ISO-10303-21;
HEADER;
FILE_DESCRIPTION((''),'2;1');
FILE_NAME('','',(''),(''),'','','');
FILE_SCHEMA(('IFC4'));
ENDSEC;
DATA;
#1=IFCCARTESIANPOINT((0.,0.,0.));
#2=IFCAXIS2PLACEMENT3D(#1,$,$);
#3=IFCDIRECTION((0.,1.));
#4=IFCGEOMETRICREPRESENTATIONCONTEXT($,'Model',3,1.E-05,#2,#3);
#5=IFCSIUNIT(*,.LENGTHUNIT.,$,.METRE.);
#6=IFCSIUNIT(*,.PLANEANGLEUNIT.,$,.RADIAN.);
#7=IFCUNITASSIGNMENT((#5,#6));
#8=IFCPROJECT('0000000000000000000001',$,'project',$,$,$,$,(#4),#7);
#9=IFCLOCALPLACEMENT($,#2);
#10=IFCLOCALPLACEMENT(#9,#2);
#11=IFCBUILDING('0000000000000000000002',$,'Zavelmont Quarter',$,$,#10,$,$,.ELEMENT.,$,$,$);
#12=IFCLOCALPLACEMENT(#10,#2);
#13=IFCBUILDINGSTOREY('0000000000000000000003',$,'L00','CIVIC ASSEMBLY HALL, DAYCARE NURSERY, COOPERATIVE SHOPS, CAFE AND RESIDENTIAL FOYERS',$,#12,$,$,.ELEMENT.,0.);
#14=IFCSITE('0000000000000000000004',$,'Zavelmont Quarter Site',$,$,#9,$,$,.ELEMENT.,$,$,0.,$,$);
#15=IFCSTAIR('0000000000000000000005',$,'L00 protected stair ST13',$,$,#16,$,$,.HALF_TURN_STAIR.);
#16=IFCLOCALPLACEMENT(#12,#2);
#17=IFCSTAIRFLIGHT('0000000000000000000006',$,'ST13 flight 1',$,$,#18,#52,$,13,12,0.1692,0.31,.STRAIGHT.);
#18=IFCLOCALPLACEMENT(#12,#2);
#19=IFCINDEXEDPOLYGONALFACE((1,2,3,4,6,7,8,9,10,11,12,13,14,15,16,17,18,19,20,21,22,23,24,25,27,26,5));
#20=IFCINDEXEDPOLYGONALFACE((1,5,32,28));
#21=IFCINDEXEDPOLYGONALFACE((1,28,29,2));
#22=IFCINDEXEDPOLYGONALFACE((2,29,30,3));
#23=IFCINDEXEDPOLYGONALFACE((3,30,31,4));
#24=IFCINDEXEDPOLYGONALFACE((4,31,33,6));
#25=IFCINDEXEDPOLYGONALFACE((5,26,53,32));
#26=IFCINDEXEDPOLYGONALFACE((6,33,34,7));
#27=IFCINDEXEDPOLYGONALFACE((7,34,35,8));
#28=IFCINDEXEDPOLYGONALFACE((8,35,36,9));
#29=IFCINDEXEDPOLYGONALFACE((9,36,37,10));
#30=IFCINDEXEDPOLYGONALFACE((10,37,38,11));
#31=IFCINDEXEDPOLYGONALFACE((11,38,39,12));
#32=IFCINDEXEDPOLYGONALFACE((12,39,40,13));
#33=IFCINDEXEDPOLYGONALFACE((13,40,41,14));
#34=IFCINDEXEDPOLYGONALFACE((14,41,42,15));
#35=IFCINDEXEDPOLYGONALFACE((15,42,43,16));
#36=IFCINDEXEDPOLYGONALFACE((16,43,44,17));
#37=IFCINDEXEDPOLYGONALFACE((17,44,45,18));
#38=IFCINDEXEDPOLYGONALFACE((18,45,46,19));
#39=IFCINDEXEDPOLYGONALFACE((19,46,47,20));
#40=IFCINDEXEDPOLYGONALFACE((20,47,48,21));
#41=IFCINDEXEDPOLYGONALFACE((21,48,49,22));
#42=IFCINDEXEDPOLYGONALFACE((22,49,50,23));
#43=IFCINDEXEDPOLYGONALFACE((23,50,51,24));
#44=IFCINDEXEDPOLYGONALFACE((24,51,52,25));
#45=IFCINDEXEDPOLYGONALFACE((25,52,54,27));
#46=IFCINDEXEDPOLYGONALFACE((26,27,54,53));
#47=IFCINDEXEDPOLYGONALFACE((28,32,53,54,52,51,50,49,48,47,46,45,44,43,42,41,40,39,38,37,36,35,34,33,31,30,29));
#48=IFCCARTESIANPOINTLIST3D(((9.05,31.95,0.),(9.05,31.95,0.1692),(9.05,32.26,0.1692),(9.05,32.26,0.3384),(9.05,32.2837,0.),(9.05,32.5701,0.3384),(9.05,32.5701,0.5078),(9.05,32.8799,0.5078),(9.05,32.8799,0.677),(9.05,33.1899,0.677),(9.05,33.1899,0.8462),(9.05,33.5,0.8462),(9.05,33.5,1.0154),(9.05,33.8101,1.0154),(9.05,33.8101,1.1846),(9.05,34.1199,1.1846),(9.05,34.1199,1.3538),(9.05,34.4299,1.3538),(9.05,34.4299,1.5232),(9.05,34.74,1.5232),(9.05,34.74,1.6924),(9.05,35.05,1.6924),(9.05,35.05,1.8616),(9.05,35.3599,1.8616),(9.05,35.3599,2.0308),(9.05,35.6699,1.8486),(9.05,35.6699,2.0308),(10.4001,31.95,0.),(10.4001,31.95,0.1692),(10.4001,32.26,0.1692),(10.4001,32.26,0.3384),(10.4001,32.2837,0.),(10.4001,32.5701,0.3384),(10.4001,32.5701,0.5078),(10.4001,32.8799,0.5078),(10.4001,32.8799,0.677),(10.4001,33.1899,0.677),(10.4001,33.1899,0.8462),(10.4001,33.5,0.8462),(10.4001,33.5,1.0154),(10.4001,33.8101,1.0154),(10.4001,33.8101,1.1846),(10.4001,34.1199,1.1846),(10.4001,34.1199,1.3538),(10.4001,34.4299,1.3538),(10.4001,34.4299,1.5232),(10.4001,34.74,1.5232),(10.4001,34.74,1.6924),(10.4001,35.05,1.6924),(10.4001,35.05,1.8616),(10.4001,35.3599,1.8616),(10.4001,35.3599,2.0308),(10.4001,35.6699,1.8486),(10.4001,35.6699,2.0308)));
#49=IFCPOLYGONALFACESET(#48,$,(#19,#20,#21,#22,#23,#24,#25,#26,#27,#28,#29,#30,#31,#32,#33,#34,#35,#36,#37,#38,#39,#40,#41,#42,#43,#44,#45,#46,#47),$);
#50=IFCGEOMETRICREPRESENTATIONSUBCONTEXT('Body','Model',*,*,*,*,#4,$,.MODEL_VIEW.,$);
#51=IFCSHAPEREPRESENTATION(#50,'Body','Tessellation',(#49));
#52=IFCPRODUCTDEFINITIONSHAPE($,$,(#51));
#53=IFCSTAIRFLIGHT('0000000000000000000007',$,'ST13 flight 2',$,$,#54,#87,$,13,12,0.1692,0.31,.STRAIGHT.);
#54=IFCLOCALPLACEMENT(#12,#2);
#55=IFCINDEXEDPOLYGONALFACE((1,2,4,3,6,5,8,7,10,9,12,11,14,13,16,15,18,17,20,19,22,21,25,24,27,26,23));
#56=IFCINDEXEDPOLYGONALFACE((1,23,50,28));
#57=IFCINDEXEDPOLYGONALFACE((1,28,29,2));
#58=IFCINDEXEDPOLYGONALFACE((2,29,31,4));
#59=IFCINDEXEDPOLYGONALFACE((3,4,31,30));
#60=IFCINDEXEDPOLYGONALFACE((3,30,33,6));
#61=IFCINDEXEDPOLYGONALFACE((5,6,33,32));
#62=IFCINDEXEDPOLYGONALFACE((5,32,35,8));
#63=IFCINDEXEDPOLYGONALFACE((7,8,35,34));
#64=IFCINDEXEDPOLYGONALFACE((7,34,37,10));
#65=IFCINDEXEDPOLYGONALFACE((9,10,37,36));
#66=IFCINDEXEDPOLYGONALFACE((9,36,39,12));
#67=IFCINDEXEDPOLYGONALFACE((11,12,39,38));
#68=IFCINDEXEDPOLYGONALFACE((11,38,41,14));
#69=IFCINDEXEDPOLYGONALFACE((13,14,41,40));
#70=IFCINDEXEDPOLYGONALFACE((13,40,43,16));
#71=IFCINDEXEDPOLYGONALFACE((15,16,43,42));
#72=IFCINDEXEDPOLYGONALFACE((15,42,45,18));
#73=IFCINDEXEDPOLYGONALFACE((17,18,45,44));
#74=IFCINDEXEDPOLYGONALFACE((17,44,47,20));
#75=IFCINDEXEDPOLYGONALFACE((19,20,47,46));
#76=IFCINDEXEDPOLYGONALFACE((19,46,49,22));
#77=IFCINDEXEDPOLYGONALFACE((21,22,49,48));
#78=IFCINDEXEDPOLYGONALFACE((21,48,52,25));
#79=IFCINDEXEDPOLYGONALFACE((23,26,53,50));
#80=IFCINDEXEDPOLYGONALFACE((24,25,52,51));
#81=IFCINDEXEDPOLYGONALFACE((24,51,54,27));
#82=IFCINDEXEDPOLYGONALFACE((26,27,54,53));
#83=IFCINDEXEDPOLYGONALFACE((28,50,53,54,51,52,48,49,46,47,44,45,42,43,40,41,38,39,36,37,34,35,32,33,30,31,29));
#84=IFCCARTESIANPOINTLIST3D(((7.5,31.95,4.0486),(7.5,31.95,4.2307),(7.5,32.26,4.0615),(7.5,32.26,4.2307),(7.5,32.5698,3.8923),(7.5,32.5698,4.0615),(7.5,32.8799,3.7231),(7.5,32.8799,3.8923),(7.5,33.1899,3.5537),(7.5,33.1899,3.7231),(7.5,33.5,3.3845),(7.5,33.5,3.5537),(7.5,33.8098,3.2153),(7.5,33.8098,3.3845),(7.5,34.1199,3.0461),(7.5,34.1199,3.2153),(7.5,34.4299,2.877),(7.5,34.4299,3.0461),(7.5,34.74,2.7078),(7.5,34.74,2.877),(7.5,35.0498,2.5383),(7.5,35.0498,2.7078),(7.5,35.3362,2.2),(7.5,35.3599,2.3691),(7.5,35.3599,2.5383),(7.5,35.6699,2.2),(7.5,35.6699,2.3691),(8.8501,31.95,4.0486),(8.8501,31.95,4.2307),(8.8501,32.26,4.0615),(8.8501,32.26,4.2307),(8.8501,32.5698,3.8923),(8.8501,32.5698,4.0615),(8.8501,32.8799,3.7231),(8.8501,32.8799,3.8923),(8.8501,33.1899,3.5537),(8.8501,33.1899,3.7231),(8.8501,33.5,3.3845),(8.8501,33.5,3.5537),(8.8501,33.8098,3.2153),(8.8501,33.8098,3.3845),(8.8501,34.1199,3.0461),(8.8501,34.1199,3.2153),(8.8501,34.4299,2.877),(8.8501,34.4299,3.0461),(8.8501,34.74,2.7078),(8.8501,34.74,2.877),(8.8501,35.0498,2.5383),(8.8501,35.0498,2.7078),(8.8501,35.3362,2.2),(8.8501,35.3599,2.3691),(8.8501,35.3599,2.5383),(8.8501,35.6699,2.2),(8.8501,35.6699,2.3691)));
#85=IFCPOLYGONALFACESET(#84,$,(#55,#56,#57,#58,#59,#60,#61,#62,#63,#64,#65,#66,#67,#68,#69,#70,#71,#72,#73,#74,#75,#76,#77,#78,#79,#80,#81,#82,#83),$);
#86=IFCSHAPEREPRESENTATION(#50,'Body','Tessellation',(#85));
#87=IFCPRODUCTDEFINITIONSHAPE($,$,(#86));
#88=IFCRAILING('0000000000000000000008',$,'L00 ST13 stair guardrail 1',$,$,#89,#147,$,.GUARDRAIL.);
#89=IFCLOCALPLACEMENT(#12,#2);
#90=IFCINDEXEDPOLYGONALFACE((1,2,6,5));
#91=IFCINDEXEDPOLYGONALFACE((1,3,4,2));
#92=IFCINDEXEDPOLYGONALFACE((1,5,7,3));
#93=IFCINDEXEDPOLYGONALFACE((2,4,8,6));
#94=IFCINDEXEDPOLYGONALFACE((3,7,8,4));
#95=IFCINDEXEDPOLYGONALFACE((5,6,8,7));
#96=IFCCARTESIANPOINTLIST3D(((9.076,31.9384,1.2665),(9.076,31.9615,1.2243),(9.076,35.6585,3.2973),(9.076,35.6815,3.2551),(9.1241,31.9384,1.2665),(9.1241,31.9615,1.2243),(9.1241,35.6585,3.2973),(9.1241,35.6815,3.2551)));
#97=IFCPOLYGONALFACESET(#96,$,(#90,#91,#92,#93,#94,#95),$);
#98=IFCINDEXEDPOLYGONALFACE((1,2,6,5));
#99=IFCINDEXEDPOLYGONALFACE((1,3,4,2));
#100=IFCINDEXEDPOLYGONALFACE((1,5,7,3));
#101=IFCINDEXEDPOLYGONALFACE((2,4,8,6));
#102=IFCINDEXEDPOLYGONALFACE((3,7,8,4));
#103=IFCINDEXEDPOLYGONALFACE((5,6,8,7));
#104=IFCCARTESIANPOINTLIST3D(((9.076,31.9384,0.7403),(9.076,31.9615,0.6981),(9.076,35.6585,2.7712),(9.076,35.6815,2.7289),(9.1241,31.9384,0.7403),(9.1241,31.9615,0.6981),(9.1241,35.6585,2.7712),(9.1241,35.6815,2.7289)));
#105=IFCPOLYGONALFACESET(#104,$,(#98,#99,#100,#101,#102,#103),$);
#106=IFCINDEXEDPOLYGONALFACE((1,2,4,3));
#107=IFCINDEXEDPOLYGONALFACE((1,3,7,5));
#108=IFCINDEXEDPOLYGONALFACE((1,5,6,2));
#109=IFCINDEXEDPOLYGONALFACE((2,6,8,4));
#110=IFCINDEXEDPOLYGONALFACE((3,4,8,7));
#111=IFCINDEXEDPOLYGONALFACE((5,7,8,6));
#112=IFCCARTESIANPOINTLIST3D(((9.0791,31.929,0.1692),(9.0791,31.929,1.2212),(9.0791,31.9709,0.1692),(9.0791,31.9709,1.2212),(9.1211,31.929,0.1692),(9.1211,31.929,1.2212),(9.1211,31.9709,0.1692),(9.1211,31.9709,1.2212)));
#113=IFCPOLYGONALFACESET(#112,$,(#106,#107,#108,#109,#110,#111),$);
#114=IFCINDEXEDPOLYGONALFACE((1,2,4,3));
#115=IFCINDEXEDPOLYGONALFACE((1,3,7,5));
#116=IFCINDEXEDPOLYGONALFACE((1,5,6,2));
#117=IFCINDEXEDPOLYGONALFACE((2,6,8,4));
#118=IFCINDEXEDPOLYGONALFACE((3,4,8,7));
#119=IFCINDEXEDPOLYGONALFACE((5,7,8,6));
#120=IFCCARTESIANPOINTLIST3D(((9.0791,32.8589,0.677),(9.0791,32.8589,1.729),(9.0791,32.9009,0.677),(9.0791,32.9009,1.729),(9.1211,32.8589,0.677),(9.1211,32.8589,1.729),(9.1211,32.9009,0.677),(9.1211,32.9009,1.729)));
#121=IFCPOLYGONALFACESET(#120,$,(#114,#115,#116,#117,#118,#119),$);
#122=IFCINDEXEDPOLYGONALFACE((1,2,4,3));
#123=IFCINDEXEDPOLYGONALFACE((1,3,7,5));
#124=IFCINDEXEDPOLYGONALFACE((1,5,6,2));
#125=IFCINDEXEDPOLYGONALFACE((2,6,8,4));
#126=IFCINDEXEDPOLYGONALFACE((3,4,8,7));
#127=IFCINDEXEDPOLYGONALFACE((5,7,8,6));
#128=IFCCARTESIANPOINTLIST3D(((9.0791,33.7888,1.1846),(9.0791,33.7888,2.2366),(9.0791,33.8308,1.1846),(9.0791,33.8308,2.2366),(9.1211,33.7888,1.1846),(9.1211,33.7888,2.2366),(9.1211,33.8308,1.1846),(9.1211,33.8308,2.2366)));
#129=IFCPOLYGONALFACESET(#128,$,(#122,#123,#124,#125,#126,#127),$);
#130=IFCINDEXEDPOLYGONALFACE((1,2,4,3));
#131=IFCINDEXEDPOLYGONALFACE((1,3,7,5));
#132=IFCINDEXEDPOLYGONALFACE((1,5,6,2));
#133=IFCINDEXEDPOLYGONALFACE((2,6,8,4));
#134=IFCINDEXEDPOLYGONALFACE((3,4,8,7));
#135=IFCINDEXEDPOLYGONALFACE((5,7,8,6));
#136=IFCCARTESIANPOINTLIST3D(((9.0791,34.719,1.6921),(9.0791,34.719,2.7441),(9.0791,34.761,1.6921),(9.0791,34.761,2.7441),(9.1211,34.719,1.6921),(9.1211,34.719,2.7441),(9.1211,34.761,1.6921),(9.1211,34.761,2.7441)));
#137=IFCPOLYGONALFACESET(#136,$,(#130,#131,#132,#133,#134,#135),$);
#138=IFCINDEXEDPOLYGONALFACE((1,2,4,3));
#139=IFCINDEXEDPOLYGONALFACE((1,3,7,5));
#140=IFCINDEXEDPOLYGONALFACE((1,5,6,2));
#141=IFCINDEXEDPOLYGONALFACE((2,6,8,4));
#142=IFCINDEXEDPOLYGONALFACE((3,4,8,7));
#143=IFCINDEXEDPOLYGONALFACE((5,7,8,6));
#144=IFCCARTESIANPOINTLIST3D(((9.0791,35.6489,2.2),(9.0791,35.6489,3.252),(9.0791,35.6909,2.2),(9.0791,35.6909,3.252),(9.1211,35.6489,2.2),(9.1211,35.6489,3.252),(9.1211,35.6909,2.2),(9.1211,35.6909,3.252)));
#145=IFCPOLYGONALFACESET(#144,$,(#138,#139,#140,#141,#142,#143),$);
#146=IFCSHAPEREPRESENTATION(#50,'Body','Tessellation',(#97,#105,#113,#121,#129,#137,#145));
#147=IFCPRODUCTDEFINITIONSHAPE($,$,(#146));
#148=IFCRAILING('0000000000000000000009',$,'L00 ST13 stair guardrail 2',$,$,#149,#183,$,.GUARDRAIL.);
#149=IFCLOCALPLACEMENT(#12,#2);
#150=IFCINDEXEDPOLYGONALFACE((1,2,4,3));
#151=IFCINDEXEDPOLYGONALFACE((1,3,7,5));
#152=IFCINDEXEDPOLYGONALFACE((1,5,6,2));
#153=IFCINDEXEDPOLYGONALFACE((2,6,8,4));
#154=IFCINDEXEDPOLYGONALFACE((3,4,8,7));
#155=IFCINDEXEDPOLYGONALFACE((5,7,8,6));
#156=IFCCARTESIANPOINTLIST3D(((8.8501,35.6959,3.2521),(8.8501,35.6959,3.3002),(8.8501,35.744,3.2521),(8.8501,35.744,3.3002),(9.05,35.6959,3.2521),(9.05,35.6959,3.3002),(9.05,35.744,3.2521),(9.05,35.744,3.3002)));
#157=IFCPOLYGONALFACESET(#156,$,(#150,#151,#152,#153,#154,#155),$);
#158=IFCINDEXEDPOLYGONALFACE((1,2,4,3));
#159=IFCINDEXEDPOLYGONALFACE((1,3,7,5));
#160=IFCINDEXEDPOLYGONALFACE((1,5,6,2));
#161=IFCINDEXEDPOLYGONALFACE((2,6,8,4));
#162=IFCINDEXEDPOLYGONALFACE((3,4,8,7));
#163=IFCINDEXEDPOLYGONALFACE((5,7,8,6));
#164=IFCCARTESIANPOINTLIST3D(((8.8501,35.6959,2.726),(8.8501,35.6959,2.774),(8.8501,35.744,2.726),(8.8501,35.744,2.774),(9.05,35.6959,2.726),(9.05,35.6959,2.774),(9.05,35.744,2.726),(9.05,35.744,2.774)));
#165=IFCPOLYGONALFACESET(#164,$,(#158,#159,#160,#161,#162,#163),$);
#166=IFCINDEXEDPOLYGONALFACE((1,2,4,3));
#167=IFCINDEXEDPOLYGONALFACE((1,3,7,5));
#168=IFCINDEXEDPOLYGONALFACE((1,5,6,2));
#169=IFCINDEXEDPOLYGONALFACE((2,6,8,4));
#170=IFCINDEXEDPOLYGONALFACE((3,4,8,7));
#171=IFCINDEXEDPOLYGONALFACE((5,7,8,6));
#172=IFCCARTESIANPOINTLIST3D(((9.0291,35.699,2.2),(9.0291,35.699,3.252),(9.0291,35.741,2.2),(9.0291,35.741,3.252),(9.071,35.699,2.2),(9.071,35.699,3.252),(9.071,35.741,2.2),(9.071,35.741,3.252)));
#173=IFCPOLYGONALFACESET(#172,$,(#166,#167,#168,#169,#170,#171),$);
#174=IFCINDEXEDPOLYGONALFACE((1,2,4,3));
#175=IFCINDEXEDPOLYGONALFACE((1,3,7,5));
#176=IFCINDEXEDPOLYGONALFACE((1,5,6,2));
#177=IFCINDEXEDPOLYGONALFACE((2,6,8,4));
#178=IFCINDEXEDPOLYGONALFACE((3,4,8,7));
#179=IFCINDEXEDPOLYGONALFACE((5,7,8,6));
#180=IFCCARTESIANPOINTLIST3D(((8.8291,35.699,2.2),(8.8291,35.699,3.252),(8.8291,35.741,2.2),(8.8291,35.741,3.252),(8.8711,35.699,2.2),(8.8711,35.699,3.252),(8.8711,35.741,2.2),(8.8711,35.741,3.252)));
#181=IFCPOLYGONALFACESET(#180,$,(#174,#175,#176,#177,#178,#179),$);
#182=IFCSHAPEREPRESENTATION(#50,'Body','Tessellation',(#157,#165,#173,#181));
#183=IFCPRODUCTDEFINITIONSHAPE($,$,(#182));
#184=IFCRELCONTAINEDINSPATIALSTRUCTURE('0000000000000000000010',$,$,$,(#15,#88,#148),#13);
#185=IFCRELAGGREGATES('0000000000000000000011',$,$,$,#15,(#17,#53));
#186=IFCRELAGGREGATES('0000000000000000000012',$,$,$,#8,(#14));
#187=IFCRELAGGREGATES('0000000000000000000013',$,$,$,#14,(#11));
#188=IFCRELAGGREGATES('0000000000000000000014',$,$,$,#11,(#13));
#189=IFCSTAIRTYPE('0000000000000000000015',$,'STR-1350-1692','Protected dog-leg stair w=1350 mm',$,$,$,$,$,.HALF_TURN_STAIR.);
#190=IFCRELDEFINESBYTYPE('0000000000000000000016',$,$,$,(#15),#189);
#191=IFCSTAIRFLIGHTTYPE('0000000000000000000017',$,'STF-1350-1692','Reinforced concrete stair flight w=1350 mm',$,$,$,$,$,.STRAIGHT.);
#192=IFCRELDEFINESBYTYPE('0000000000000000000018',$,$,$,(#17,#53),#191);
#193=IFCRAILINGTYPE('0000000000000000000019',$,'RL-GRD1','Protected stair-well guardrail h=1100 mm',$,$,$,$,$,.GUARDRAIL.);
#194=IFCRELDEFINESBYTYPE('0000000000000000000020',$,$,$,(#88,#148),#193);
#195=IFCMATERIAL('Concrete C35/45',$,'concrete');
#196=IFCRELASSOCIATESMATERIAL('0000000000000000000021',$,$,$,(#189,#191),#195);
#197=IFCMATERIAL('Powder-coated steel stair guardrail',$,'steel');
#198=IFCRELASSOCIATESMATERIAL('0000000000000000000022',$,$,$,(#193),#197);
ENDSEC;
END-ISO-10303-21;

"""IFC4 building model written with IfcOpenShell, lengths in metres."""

from ifc_helpers import new_model, si_unit, direction, frame, origin, origin_2d, place, context, subcontext, project, spatial, polyline, rectangle, outline, extrude, material, type_object, element, aggregate, save


model = new_model("IFC4")

# Units and contexts
model_context = context("Model", 3, precision=1e-05, world=origin(), true_north=direction((0.0, 1.0)))
body_context = subcontext(model_context, "Body", "Model", "MODEL_VIEW")
ifc_project = project(units=[si_unit("LENGTHUNIT", "METRE"), si_unit("PLANEANGLEUNIT", "RADIAN")], contexts=[model_context])

# Site, building, storey
site_placement = place(None, origin())
site = spatial("IfcSite", under=ifc_project, at=site_placement, Name="Zavelmont Quarter Site", CompositionType="ELEMENT", RefElevation=0.0)
building_placement = place(site_placement, origin())
building = spatial("IfcBuilding", under=site, at=building_placement, Name="Zavelmont Quarter", CompositionType="ELEMENT")
storey_placement = place(building_placement, origin())
storey = spatial("IfcBuildingStorey", under=building, at=storey_placement, Name="L00", Description="CIVIC ASSEMBLY HALL, DAYCARE NURSERY, COOPERATIVE SHOPS, CAFE AND RESIDENTIAL FOYERS", CompositionType="ELEMENT", Elevation=0.0)

# Stair, stair flights
ifc_material_1 = material(Name="Concrete C35/45", Category="concrete")
stair_type = type_object("IfcStairType", Name="STR-1350-1692", Description="Protected dog-leg stair w=1350 mm", PredefinedType="HALF_TURN_STAIR", material=ifc_material_1)
stair_placement = place(storey_placement, origin())
stair = element("IfcStair", 1, at=stair_placement, inside=storey, type_object=stair_type, Name="L00 protected stair ST13", PredefinedType="HALF_TURN_STAIR")
stair_flight_type = type_object("IfcStairFlightType", Name="STF-1350-1692", Description="Reinforced concrete stair flight w=1350 mm", PredefinedType="STRAIGHT", material=ifc_material_1)
stair_flight_1_placement = place(storey_placement, frame((9.7251, 31.95, 0.0), z_axis=(0.0, 0.0, 1.0), x_axis=(0.0, 1.0, 0.0)))
stair_flight_1 = element("IfcStairFlight", 2, at=stair_flight_1_placement, type_object=stair_flight_type, Name="ST13 flight 1", NumberOfRisers=13, NumberOfTreads=12, PredefinedType="STRAIGHT", RiserHeight=0.1692, TreadLength=0.31, context=body_context, shape_type="SweptSolid", body=[
    extrude(outline(polyline([(0.0, 0.0), (0.0, 0.1692), (0.3101, 0.1692), (0.3101, 0.3384), (0.6201, 0.3384), (0.6201, 0.5078), (0.9299, 0.5078), (0.9299, 0.677), (1.24, 0.677), (1.24, 0.8462), (1.55, 0.8462), (1.55, 1.0154), (1.8601, 1.0154), (1.8601, 1.1846), (2.1699, 1.1846), (2.1699, 1.3538), (2.48, 1.3538), (2.48, 1.5232), (2.79, 1.5232), (2.79, 1.6924), (3.1001, 1.6924), (3.1001, 1.8616), (3.4099, 1.8616), (3.4099, 2.0308), (3.72, 2.0308), (3.72, 2.2), (3.72, 1.8486), (0.3337, 0.0), (0.0, 0.0)])), frame((0.0, 0.675, 0.0), z_axis=(0.0, -1.0, 0.0), x_axis=(1.0, 0.0, 0.0)), (0.0, 0.0, 1.0), 1.3501),
])
stair_flight_2_placement = place(storey_placement, frame((8.175, 35.6699, 2.2), z_axis=(0.0, 0.0, 1.0), x_axis=(0.0, -1.0, 0.0)))
stair_flight_2 = element("IfcStairFlight", 3, at=stair_flight_2_placement, type_object=stair_flight_type, Name="ST13 flight 2", NumberOfRisers=13, NumberOfTreads=12, PredefinedType="STRAIGHT", RiserHeight=0.1692, TreadLength=0.31, context=body_context, shape_type="SweptSolid", body=[
    extrude(outline(polyline([(0.0, 0.0), (0.0, 0.1692), (0.3101, 0.1692), (0.3101, 0.3384), (0.6201, 0.3384), (0.6201, 0.5078), (0.9299, 0.5078), (0.9299, 0.677), (1.24, 0.677), (1.24, 0.8462), (1.55, 0.8462), (1.55, 1.0154), (1.8601, 1.0154), (1.8601, 1.1846), (2.1699, 1.1846), (2.1699, 1.3538), (2.48, 1.3538), (2.48, 1.5232), (2.79, 1.5232), (2.79, 1.6924), (3.1001, 1.6924), (3.1001, 1.8616), (3.4099, 1.8616), (3.4099, 2.0308), (3.72, 2.0308), (3.72, 2.2), (3.72, 1.8486), (0.3337, 0.0), (0.0, 0.0)])), frame((0.0, 0.675, 0.0), z_axis=(0.0, -1.0, 0.0), x_axis=(1.0, 0.0, 0.0)), (0.0, 0.0, 1.0), 1.3501),
])
aggregate(stair, [stair_flight_1, stair_flight_2])

# Railings
ifc_material_2 = material(Name="Powder-coated steel stair guardrail", Category="steel")
railing_type_1 = type_object("IfcRailingType", Name="RL-GRD1", Description="Protected stair-well guardrail h=1100 mm", PredefinedType="GUARDRAIL", material=ifc_material_2)
railing_1_placement = place(storey_placement, frame((9.1001, 31.95, 0.1692)))
element("IfcRailing", 4, at=railing_1_placement, inside=storey, type_object=railing_type_1, Name="L00 ST13 stair guardrail 1", PredefinedType="GUARDRAIL", context=body_context, shape_type="SweptSolid", body=[
    extrude(rectangle(XDim=0.0481, YDim=0.0481, at=origin_2d()), frame((0.0, 0.0, 1.0762), z_axis=(0.0, 0.877728, 0.479159), x_axis=(-1.0, 0.0, 0.0)), (0.0, 0.0, 1.0), 4.2383),
    extrude(rectangle(XDim=0.0481, YDim=0.0481, at=origin_2d()), frame((0.0, 0.0, 0.55), z_axis=(0.0, 0.877728, 0.479159), x_axis=(-1.0, 0.0, 0.0)), (0.0, 0.0, 1.0), 4.2383),
    extrude(rectangle(XDim=0.042, YDim=0.042, at=origin_2d()), origin(), (0.0, 0.0, 1.0), 1.052),
    extrude(rectangle(XDim=0.042, YDim=0.042, at=origin_2d()), frame((0.0, 0.9299, 0.5078)), (0.0, 0.0, 1.0), 1.052),
    extrude(rectangle(XDim=0.042, YDim=0.042, at=origin_2d()), frame((0.0, 1.8599, 1.0154)), (0.0, 0.0, 1.0), 1.052),
    extrude(rectangle(XDim=0.042, YDim=0.042, at=origin_2d()), frame((0.0, 2.79, 1.5229)), (0.0, 0.0, 1.0), 1.052),
    extrude(rectangle(XDim=0.042, YDim=0.042, at=origin_2d()), frame((0.0, 3.72, 2.0308)), (0.0, 0.0, 1.0), 1.052),
])
railing_2_placement = place(storey_placement, frame((9.05, 35.72, 2.2)))
element("IfcRailing", 5, at=railing_2_placement, inside=storey, type_object=railing_type_1, Name="L00 ST13 stair guardrail 2", PredefinedType="GUARDRAIL", context=body_context, shape_type="SweptSolid", body=[
    extrude(rectangle(XDim=0.0481, YDim=0.0481, at=origin_2d()), frame((0.0, 0.0, 1.0762), z_axis=(-1.0, 0.0, 0.0), x_axis=(0.0, -1.0, 0.0)), (0.0, 0.0, 1.0), 0.2),
    extrude(rectangle(XDim=0.0481, YDim=0.0481, at=origin_2d()), frame((0.0, 0.0, 0.55), z_axis=(-1.0, 0.0, 0.0), x_axis=(0.0, -1.0, 0.0)), (0.0, 0.0, 1.0), 0.2),
    extrude(rectangle(XDim=0.042, YDim=0.042, at=origin_2d()), origin(), (0.0, 0.0, 1.0), 1.052),
    extrude(rectangle(XDim=0.042, YDim=0.042, at=origin_2d()), frame((-0.2, 0.0, 0.0)), (0.0, 0.0, 1.0), 1.052),
])

save(model, "model.ifc")
